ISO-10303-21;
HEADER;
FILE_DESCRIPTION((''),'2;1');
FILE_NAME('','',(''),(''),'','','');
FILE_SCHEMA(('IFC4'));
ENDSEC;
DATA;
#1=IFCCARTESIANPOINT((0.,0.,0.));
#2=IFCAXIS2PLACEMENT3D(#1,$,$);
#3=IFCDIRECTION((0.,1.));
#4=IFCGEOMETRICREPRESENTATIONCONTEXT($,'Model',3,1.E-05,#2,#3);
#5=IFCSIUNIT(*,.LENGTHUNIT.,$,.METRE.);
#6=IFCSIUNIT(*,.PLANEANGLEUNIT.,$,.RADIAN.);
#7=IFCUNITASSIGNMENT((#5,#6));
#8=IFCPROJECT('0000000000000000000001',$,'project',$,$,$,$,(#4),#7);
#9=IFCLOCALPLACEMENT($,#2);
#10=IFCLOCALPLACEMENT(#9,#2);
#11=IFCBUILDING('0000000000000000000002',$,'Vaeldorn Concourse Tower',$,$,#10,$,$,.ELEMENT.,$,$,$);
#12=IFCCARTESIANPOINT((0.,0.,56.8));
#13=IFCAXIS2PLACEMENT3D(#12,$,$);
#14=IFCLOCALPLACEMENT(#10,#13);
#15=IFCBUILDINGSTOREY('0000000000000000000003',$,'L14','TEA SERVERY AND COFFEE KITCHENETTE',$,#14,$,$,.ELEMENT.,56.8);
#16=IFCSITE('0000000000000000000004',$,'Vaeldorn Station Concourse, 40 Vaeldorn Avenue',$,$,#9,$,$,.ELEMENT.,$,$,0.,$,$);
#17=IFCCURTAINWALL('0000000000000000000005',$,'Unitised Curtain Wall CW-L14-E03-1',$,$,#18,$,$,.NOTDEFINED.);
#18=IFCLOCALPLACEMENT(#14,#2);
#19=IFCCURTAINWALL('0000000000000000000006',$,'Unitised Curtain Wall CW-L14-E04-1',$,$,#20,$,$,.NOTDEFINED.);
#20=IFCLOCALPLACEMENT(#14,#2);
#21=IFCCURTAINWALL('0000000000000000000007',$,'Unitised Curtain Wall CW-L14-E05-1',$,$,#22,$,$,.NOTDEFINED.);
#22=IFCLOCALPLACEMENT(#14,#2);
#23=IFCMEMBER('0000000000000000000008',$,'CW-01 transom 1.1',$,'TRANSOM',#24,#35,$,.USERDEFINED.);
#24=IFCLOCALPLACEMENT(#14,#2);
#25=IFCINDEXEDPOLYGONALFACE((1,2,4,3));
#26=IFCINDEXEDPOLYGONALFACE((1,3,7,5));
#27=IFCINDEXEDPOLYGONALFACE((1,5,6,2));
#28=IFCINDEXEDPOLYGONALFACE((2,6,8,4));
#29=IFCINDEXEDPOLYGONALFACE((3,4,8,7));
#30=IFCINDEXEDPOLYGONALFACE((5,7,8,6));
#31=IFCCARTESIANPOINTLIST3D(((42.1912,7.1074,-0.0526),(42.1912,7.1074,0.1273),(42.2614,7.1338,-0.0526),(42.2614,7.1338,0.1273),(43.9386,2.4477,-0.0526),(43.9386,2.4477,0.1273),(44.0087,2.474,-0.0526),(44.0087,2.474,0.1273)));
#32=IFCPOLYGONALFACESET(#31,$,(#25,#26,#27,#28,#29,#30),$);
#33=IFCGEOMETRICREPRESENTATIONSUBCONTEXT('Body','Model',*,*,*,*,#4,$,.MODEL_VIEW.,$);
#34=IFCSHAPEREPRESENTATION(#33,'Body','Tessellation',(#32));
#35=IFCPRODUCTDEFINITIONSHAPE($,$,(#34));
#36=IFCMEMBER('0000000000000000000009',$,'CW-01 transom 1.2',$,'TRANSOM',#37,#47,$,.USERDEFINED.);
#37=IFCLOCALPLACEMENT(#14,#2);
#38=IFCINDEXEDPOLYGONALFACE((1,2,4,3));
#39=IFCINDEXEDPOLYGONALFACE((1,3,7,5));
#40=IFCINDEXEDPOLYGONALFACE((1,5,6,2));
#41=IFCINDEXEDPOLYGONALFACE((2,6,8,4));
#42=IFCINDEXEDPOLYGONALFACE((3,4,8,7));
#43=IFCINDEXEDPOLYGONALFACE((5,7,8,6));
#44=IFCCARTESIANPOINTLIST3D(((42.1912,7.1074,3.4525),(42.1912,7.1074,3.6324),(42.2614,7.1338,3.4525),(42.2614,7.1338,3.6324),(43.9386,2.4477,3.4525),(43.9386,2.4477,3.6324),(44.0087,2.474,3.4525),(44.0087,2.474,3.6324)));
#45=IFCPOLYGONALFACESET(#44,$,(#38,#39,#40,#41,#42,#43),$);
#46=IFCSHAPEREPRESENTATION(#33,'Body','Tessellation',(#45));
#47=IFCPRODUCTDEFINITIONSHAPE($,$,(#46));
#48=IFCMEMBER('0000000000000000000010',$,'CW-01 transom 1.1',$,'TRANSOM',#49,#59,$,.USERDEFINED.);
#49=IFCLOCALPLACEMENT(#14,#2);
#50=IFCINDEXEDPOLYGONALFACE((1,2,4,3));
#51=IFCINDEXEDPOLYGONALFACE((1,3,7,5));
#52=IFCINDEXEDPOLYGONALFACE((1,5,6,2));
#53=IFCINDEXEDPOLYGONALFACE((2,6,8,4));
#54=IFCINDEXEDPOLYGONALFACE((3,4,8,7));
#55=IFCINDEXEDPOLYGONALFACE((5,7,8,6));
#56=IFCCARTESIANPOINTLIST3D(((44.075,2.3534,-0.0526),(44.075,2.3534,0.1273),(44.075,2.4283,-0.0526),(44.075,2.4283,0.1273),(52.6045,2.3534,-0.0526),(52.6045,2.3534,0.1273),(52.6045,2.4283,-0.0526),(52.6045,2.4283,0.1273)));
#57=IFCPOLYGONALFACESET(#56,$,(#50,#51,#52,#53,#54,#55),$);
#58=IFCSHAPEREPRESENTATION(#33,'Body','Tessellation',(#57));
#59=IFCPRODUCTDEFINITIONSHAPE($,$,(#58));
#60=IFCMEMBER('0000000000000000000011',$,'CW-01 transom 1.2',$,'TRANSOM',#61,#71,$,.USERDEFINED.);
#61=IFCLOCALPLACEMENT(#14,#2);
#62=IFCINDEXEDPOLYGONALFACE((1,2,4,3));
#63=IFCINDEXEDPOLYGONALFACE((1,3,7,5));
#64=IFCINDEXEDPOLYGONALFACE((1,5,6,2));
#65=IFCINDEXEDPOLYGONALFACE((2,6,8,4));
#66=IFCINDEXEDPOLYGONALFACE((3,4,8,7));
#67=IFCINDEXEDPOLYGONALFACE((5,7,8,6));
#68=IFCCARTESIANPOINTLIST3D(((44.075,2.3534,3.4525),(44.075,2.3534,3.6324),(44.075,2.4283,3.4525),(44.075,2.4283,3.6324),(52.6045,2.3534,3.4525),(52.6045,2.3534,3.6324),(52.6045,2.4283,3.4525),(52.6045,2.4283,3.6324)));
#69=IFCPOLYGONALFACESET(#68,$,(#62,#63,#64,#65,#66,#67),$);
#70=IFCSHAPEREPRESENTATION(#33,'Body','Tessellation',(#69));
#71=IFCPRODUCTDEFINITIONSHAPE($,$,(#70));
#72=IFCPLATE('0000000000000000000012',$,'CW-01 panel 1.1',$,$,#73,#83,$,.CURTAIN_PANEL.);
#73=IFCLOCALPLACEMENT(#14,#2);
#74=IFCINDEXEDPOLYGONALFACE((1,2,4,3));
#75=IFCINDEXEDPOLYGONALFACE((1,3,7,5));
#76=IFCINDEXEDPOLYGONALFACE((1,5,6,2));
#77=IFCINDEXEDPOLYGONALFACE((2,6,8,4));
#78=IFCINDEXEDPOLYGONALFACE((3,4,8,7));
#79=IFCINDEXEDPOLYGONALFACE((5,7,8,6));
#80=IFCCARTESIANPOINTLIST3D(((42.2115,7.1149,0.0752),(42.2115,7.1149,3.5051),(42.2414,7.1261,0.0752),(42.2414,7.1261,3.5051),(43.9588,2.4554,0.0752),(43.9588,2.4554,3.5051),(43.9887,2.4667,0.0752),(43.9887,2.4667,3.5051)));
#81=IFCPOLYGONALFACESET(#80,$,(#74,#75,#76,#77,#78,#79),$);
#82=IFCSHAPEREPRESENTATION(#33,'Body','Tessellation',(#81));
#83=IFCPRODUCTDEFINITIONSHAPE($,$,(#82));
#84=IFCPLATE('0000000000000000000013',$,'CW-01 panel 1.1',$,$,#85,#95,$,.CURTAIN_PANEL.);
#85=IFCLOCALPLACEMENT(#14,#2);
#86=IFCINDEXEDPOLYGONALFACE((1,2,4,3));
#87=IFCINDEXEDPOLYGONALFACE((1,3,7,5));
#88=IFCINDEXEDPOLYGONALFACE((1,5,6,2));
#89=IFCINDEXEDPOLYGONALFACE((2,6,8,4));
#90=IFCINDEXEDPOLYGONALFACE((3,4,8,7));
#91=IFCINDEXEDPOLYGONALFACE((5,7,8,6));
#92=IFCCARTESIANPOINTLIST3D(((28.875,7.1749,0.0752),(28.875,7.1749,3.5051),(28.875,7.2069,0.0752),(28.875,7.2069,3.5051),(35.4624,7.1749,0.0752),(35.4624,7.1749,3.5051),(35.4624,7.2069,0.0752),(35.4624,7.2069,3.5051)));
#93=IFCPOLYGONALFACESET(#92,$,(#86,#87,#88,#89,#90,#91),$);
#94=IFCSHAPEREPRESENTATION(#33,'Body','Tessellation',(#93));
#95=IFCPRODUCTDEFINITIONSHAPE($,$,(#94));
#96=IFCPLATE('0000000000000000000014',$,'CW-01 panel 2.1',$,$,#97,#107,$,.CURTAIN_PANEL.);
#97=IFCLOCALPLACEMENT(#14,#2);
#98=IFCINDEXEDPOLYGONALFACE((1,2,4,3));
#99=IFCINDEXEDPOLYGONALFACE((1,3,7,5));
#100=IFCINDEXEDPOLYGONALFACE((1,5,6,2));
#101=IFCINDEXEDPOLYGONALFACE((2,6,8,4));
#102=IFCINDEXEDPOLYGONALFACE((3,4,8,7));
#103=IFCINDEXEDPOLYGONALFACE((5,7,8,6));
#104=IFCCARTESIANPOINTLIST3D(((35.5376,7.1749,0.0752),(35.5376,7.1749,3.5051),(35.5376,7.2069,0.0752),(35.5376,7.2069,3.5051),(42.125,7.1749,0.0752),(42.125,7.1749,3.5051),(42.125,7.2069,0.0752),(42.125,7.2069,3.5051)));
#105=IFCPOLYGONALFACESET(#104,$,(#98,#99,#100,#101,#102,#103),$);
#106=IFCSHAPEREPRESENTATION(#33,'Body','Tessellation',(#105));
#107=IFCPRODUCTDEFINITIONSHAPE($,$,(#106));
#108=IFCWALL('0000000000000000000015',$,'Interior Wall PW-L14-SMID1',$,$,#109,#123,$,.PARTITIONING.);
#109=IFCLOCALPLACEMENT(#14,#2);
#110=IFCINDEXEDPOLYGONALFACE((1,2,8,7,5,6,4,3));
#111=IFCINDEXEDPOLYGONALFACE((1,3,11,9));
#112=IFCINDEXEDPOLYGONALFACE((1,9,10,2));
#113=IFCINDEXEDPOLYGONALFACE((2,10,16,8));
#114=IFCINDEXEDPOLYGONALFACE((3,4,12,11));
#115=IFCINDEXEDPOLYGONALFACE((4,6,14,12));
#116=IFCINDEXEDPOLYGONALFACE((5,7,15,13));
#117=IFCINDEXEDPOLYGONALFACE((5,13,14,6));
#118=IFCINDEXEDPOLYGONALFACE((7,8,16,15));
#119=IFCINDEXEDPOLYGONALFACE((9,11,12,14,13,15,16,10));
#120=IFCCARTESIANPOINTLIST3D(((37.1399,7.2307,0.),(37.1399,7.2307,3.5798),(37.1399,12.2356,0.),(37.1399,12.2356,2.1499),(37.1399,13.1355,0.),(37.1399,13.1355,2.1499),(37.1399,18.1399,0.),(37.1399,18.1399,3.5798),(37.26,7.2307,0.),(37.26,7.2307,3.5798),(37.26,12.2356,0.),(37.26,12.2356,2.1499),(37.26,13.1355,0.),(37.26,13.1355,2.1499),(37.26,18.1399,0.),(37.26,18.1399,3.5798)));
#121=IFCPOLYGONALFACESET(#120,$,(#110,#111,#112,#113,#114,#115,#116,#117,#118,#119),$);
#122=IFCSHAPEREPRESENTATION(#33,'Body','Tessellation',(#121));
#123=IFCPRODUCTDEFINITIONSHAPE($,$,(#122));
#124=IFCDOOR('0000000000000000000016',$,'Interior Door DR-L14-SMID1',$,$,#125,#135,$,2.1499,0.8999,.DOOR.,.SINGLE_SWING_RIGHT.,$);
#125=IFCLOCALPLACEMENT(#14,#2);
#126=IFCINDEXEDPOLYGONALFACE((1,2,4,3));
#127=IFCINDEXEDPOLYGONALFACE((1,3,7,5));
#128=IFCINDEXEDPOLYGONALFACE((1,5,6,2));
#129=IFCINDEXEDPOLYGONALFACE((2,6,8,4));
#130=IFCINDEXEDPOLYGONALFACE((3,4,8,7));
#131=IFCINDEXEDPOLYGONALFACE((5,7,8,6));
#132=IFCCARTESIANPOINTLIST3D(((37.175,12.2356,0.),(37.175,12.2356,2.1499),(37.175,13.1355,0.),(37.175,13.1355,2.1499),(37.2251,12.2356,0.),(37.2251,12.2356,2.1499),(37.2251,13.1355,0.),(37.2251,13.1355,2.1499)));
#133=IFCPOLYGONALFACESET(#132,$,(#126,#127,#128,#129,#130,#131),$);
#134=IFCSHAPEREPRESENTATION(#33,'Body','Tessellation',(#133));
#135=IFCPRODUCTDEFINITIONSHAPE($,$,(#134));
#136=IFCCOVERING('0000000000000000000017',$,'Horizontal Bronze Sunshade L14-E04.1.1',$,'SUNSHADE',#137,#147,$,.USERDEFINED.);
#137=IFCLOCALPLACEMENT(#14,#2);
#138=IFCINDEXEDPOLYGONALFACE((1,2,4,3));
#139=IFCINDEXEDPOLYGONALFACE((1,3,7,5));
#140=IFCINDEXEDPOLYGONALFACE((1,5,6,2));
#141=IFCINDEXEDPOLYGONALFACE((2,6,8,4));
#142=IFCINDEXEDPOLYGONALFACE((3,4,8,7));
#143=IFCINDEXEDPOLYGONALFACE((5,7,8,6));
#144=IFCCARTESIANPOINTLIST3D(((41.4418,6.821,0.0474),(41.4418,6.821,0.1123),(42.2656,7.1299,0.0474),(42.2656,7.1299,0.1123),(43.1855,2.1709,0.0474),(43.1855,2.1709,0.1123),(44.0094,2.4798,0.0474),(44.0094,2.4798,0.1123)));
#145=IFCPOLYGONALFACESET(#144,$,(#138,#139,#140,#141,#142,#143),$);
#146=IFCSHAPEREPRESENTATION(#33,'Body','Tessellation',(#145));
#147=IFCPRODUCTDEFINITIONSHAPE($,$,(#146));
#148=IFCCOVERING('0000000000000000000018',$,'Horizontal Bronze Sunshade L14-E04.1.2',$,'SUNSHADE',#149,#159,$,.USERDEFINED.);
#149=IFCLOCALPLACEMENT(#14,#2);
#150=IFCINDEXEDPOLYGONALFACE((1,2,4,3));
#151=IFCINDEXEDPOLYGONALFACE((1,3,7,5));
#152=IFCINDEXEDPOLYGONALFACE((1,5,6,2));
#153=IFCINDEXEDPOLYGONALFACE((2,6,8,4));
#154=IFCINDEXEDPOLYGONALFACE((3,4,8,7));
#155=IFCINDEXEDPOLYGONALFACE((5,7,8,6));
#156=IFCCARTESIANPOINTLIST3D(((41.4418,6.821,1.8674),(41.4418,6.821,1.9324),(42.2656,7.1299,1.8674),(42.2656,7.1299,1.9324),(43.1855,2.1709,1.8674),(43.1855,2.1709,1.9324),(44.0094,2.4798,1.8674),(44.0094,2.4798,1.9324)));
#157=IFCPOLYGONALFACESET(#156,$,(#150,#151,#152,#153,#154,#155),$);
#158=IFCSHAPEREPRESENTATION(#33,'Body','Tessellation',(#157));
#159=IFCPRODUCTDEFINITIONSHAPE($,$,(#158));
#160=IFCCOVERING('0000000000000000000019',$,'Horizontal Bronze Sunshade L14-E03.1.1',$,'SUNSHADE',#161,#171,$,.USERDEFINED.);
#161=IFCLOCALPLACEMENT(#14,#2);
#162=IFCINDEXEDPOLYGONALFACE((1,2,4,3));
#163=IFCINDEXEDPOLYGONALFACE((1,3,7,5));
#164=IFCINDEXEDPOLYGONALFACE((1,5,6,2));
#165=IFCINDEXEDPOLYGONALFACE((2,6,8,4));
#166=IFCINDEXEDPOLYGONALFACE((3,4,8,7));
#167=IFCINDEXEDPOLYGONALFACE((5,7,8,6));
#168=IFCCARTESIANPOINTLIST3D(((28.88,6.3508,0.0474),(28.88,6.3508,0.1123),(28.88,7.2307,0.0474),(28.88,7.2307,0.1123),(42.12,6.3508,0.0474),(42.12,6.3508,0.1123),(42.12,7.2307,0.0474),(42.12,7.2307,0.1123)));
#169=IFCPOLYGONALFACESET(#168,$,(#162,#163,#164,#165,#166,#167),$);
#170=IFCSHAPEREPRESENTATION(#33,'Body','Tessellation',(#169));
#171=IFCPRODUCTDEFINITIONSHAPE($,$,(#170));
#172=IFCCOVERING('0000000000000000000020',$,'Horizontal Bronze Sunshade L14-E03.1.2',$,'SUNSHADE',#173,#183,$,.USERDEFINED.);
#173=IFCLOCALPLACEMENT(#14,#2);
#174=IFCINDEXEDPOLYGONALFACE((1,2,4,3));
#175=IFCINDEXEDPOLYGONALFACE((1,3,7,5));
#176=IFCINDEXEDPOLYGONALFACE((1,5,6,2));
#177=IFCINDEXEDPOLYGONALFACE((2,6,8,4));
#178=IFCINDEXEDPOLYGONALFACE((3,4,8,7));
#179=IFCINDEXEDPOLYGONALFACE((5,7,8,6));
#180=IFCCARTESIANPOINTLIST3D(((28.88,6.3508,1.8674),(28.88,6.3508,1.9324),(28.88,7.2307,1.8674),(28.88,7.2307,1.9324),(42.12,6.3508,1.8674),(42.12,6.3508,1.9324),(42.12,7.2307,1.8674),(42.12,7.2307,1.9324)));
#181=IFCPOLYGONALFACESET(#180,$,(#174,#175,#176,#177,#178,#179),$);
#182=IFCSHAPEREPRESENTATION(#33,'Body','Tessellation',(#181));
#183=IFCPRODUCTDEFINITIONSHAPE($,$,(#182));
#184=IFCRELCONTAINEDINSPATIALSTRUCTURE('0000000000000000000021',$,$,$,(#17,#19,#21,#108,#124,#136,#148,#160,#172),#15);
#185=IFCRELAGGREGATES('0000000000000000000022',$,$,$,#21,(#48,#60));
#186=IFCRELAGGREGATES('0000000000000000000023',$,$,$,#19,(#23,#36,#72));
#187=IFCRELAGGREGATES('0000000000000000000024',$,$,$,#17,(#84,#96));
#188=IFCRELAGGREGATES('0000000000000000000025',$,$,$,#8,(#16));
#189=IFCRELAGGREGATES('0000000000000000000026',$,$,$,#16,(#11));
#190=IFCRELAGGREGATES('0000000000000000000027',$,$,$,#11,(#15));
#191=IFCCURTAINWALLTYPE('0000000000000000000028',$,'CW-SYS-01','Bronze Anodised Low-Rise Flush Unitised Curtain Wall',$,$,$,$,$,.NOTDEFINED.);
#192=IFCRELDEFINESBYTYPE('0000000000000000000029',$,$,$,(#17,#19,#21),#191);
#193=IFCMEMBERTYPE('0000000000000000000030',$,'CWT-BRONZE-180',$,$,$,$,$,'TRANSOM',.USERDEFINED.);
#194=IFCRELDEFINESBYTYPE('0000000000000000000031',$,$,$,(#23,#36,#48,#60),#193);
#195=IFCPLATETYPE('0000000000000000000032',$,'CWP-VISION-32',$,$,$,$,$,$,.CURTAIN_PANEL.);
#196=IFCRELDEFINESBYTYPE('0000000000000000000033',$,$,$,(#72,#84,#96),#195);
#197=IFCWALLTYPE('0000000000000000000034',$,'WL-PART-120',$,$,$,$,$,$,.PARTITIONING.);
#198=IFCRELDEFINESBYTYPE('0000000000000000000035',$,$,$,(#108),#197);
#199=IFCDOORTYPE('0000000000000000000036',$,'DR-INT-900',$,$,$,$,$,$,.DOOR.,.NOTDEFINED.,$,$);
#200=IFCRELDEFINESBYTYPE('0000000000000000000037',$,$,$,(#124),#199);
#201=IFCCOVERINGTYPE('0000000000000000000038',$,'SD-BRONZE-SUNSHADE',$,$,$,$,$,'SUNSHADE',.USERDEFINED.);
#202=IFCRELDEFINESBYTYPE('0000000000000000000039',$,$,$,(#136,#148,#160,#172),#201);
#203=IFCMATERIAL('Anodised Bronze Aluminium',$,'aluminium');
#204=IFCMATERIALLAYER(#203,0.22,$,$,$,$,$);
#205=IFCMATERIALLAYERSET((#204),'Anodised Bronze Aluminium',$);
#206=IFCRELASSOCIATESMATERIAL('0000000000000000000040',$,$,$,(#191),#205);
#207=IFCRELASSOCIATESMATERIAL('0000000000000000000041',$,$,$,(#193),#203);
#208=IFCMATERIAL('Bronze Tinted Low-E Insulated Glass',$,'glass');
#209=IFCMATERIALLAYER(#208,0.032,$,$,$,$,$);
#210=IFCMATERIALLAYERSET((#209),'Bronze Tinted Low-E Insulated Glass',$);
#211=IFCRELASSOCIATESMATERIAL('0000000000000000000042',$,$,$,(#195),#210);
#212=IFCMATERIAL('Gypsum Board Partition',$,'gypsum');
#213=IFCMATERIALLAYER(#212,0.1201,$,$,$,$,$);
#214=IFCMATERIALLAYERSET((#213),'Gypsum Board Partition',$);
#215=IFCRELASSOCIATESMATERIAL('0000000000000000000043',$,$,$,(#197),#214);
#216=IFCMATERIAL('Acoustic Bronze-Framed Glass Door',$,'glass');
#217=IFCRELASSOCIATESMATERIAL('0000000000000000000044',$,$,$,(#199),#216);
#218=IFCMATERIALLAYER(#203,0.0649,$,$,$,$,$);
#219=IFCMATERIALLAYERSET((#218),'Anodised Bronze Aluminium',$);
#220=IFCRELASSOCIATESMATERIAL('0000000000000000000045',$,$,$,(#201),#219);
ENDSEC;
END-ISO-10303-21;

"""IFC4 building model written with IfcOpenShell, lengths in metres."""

from ifc_helpers import new_model, si_unit, direction, frame, frame_2d, origin, origin_2d, place, context, subcontext, project, spatial, rectangle, extrude, source, transform, mapped, material, layer, layer_set, material_profile, profile_set, type_object, element, fill, aggregate, save


model = new_model("IFC4")

# Units and contexts
model_context = context("Model", 3, precision=1e-05, world=origin(), true_north=direction((0.0, 1.0)))
body_context = subcontext(model_context, "Body", "Model", "MODEL_VIEW")
ifc_project = project(units=[si_unit("LENGTHUNIT", "METRE"), si_unit("PLANEANGLEUNIT", "RADIAN")], contexts=[model_context])

# Site, building, storey
site_placement = place(None, origin())
site = spatial("IfcSite", under=ifc_project, at=site_placement, Name="Vaeldorn Station Concourse, 40 Vaeldorn Avenue", CompositionType="ELEMENT", RefElevation=0.0)
building_placement = place(site_placement, origin())
building = spatial("IfcBuilding", under=site, at=building_placement, Name="Vaeldorn Concourse Tower", CompositionType="ELEMENT")
storey_placement = place(building_placement, frame((0.0, 0.0, 56.8)))
storey = spatial("IfcBuildingStorey", under=building, at=storey_placement, Name="L14", Description="TEA SERVERY AND COFFEE KITCHENETTE", CompositionType="ELEMENT", Elevation=56.8)

# Curtain walls
ifc_material_1 = material(Name="Anodised Bronze Aluminium", Category="aluminium")
ifc_layer_1 = layer(ifc_material_1, 0.22)
ifc_layer_set_1 = layer_set([ifc_layer_1], Name="Anodised Bronze Aluminium")
curtain_wall_type = type_object("IfcCurtainWallType", Name="CW-SYS-01", Description="Bronze Anodised Low-Rise Flush Unitised Curtain Wall", PredefinedType="NOTDEFINED", material=ifc_layer_set_1)
curtain_wall_1_placement = place(storey_placement, origin())
curtain_wall_1 = element("IfcCurtainWall", 1, at=curtain_wall_1_placement, inside=storey, type_object=curtain_wall_type, Name="Unitised Curtain Wall CW-L14-E03-1", PredefinedType="NOTDEFINED")
curtain_wall_2_placement = place(storey_placement, origin())
curtain_wall_2 = element("IfcCurtainWall", 2, at=curtain_wall_2_placement, inside=storey, type_object=curtain_wall_type, Name="Unitised Curtain Wall CW-L14-E04-1", PredefinedType="NOTDEFINED")

# Curtain wall
curtain_wall_3_placement = place(storey_placement, origin())
curtain_wall_3 = element("IfcCurtainWall", 3, at=curtain_wall_3_placement, inside=storey, type_object=curtain_wall_type, Name="Unitised Curtain Wall CW-L14-E05-1", PredefinedType="NOTDEFINED")

# Members
ifc_material_profile_1 = material_profile(ifc_material_1, rectangle(XDim=0.075, YDim=0.1799, at=origin_2d()), Name="CWT 75x180")
ifc_profile_set_1 = profile_set([ifc_material_profile_1], Name="Anodised Bronze Aluminium")
member_type_1 = type_object("IfcMemberType", Name="CWT-BRONZE-180", ElementType="TRANSOM", PredefinedType="USERDEFINED", material=ifc_profile_set_1)
shared_shape_1 = source(origin(), body_context, "Body", "SweptSolid", [
    extrude(rectangle(XDim=0.075, YDim=0.1799, at=origin_2d()), origin(), (0.0, 0.0, 1.0), 4.9766),
])
member_1_placement = place(storey_placement, frame((42.2263, 7.1206, 0.0374), z_axis=(0.351113, -0.936333, 0.0), x_axis=(0.936333, 0.351113, 0.0)))
member_1 = element("IfcMember", 4, at=member_1_placement, type_object=member_type_1, Name="CW-01 transom 1.1", ObjectType="TRANSOM", PredefinedType="USERDEFINED", context=body_context, shape_type="MappedRepresentation", body=[
    mapped(shared_shape_1, transform((0.0, 0.0, 0.0), scale=1.0)),
])
member_2_placement = place(storey_placement, frame((42.2263, 7.1206, 3.5425), z_axis=(0.351113, -0.936333, 0.0), x_axis=(0.936333, 0.351113, 0.0)))
member_2 = element("IfcMember", 5, at=member_2_placement, type_object=member_type_1, Name="CW-01 transom 1.2", ObjectType="TRANSOM", PredefinedType="USERDEFINED", context=body_context, shape_type="MappedRepresentation", body=[
    mapped(shared_shape_1, transform((0.0, 0.0, 0.0), scale=1.0)),
])
shared_shape_2 = source(origin(), body_context, "Body", "SweptSolid", [
    extrude(rectangle(XDim=0.075, YDim=0.1799, at=origin_2d()), origin(), (0.0, 0.0, 1.0), 8.5295),
])
member_3_placement = place(storey_placement, frame((44.075, 2.3909, 0.0374), z_axis=(1.0, 0.0, 0.0), x_axis=(0.0, 1.0, 0.0)))
member_3 = element("IfcMember", 6, at=member_3_placement, type_object=member_type_1, Name="CW-01 transom 1.1", ObjectType="TRANSOM", PredefinedType="USERDEFINED", context=body_context, shape_type="MappedRepresentation", body=[
    mapped(shared_shape_2, transform((0.0, 0.0, 0.0), scale=1.0)),
])
member_4_placement = place(storey_placement, frame((44.075, 2.3909, 3.5425), z_axis=(1.0, 0.0, 0.0), x_axis=(0.0, 1.0, 0.0)))
member_4 = element("IfcMember", 7, at=member_4_placement, type_object=member_type_1, Name="CW-01 transom 1.2", ObjectType="TRANSOM", PredefinedType="USERDEFINED", context=body_context, shape_type="MappedRepresentation", body=[
    mapped(shared_shape_2, transform((0.0, 0.0, 0.0), scale=1.0)),
])
aggregate(curtain_wall_3, [member_3, member_4])

# Plates
ifc_material_2 = material(Name="Bronze Tinted Low-E Insulated Glass", Category="glass")
ifc_layer_2 = layer(ifc_material_2, 0.032)
ifc_layer_set_2 = layer_set([ifc_layer_2], Name="Bronze Tinted Low-E Insulated Glass")
plate_type = type_object("IfcPlateType", Name="CWP-VISION-32", PredefinedType="CURTAIN_PANEL", material=ifc_layer_set_2)
shared_shape_3 = source(origin(), body_context, "Body", "SweptSolid", [
    extrude(rectangle(XDim=4.9763, YDim=0.032, at=origin_2d()), origin(), (0.0, 0.0, 1.0), 3.4299),
])
plate_1_placement = place(storey_placement, frame((43.1001, 4.7908, 0.0752), z_axis=(0.0, 0.0, 1.0), x_axis=(0.351123, -0.936329, 0.0)))
plate_1 = element("IfcPlate", 8, at=plate_1_placement, type_object=plate_type, Name="CW-01 panel 1.1", PredefinedType="CURTAIN_PANEL", context=body_context, shape_type="MappedRepresentation", body=[
    mapped(shared_shape_3, transform((0.0, 0.0, 0.0), scale=1.0)),
])
aggregate(curtain_wall_2, [member_1, member_2, plate_1])
shared_shape_4 = source(origin(), body_context, "Body", "SweptSolid", [
    extrude(rectangle(XDim=6.5874, YDim=0.032, at=origin_2d()), origin(), (0.0, 0.0, 1.0), 3.4299),
])
plate_2_placement = place(storey_placement, frame((32.1687, 7.1909, 0.0752), z_axis=(0.0, 0.0, 1.0), x_axis=(1.0, 0.0, 0.0)))
plate_2 = element("IfcPlate", 9, at=plate_2_placement, type_object=plate_type, Name="CW-01 panel 1.1", PredefinedType="CURTAIN_PANEL", context=body_context, shape_type="MappedRepresentation", body=[
    mapped(shared_shape_4, transform((0.0, 0.0, 0.0), scale=1.0)),
])
plate_3_placement = place(storey_placement, frame((38.8313, 7.1909, 0.0752), z_axis=(0.0, 0.0, 1.0), x_axis=(1.0, 0.0, 0.0)))
plate_3 = element("IfcPlate", 10, at=plate_3_placement, type_object=plate_type, Name="CW-01 panel 2.1", PredefinedType="CURTAIN_PANEL", context=body_context, shape_type="MappedRepresentation", body=[
    mapped(shared_shape_4, transform((0.0, 0.0, 0.0), scale=1.0)),
])
aggregate(curtain_wall_1, [plate_2, plate_3])

# Wall, opening, door
ifc_material_3 = material(Name="Gypsum Board Partition", Category="gypsum")
ifc_layer_3 = layer(ifc_material_3, 0.1201)
ifc_layer_set_3 = layer_set([ifc_layer_3], Name="Gypsum Board Partition")
wall_type = type_object("IfcWallType", Name="WL-PART-120", PredefinedType="PARTITIONING", material=ifc_layer_set_3)
wall_placement = place(storey_placement, frame((37.2, 7.2307, 0.0), z_axis=(0.0, 0.0, 1.0), x_axis=(0.0, 1.0, 0.0)))
wall = element("IfcWall", 11, at=wall_placement, inside=storey, type_object=wall_type, Name="Interior Wall PW-L14-SMID1", PredefinedType="PARTITIONING", context=body_context, shape_type="SweptSolid", body=[
    extrude(rectangle(XDim=10.9092, YDim=0.1201, at=frame_2d((5.4546, 0.0))), origin(), (0.0, 0.0, 1.0), 3.5798),
])
opening_placement = place(wall_placement, frame((5.0049, 0.0, 0.0)))
opening = element("IfcOpeningElement", 12, at=opening_placement, cuts=wall, PredefinedType="OPENING", context=body_context, shape_type="SweptSolid", body=[
    extrude(rectangle(XDim=0.8999, YDim=2.1499, at=frame_2d((0.45, 1.075))), frame((0.0, 0.0701, 0.0), z_axis=(0.0, -1.0, 0.0), x_axis=(1.0, 0.0, 0.0)), (0.0, 0.0, 1.0), 0.1401),
])
ifc_material_4 = material(Name="Acoustic Bronze-Framed Glass Door", Category="glass")
door_type = type_object("IfcDoorType", Name="DR-INT-900", OperationType="NOTDEFINED", PredefinedType="DOOR", material=ifc_material_4)
shared_shape_5 = source(origin(), body_context, "Body", "SweptSolid", [
    extrude(rectangle(XDim=0.8999, YDim=2.1499, at=frame_2d((0.45, 1.075))), frame((0.0, 0.0249, 0.0), z_axis=(0.0, -1.0, 0.0), x_axis=(1.0, 0.0, 0.0)), (0.0, 0.0, 1.0), 0.05),
])
door_placement = place(opening_placement, origin())
door = element("IfcDoor", 13, at=door_placement, inside=storey, type_object=door_type, Name="Interior Door DR-L14-SMID1", OperationType="SINGLE_SWING_RIGHT", OverallHeight=2.1499, OverallWidth=0.8999, PredefinedType="DOOR", context=body_context, shape_type="MappedRepresentation", body=[
    mapped(shared_shape_5, transform((0.0, 0.0, 0.0), scale=1.0)),
])
fill(opening, door)

# Coverings
ifc_layer_4 = layer(ifc_material_1, 0.0649)
ifc_layer_set_4 = layer_set([ifc_layer_4], Name="Anodised Bronze Aluminium")
covering_type = type_object("IfcCoveringType", Name="SD-BRONZE-SUNSHADE", ElementType="SUNSHADE", PredefinedType="USERDEFINED", material=ifc_layer_set_4)
shared_shape_6 = source(origin(), body_context, "Body", "SweptSolid", [
    extrude(rectangle(XDim=4.9663, YDim=0.8799, at=origin_2d()), origin(), (0.0, 0.0, 1.0), 0.0649),
])
for number, where, z_axis, x_axis, name in (
    (14, (42.7256, 4.6504, 0.0474), (0.0, 0.0, 1.0), (0.351123, -0.936329, 0.0), "Horizontal Bronze Sunshade L14-E04.1.1"),
    (15, (42.7256, 4.6504, 1.8674), (0.0, 0.0, 1.0), (0.351123, -0.936329, 0.0), "Horizontal Bronze Sunshade L14-E04.1.2"),
):
    element("IfcCovering", number, at=place(storey_placement, frame(where, z_axis=z_axis, x_axis=x_axis)), inside=storey, type_object=covering_type, Name=name, ObjectType="SUNSHADE", PredefinedType="USERDEFINED", context=body_context, shape_type="MappedRepresentation", body=[
        mapped(shared_shape_6, transform((0.0, 0.0, 0.0), scale=1.0)),
    ])
shared_shape_7 = source(origin(), body_context, "Body", "SweptSolid", [
    extrude(rectangle(XDim=13.24, YDim=0.8799, at=origin_2d()), origin(), (0.0, 0.0, 1.0), 0.0649),
])
for number, where, z_axis, x_axis, name in (
    (16, (35.5, 6.7908, 0.0474), (0.0, 0.0, 1.0), (1.0, 0.0, 0.0), "Horizontal Bronze Sunshade L14-E03.1.1"),
    (17, (35.5, 6.7908, 1.8674), (0.0, 0.0, 1.0), (1.0, 0.0, 0.0), "Horizontal Bronze Sunshade L14-E03.1.2"),
):
    element("IfcCovering", number, at=place(storey_placement, frame(where, z_axis=z_axis, x_axis=x_axis)), inside=storey, type_object=covering_type, Name=name, ObjectType="SUNSHADE", PredefinedType="USERDEFINED", context=body_context, shape_type="MappedRepresentation", body=[
        mapped(shared_shape_7, transform((0.0, 0.0, 0.0), scale=1.0)),
    ])

save(model, "model.ifc")
